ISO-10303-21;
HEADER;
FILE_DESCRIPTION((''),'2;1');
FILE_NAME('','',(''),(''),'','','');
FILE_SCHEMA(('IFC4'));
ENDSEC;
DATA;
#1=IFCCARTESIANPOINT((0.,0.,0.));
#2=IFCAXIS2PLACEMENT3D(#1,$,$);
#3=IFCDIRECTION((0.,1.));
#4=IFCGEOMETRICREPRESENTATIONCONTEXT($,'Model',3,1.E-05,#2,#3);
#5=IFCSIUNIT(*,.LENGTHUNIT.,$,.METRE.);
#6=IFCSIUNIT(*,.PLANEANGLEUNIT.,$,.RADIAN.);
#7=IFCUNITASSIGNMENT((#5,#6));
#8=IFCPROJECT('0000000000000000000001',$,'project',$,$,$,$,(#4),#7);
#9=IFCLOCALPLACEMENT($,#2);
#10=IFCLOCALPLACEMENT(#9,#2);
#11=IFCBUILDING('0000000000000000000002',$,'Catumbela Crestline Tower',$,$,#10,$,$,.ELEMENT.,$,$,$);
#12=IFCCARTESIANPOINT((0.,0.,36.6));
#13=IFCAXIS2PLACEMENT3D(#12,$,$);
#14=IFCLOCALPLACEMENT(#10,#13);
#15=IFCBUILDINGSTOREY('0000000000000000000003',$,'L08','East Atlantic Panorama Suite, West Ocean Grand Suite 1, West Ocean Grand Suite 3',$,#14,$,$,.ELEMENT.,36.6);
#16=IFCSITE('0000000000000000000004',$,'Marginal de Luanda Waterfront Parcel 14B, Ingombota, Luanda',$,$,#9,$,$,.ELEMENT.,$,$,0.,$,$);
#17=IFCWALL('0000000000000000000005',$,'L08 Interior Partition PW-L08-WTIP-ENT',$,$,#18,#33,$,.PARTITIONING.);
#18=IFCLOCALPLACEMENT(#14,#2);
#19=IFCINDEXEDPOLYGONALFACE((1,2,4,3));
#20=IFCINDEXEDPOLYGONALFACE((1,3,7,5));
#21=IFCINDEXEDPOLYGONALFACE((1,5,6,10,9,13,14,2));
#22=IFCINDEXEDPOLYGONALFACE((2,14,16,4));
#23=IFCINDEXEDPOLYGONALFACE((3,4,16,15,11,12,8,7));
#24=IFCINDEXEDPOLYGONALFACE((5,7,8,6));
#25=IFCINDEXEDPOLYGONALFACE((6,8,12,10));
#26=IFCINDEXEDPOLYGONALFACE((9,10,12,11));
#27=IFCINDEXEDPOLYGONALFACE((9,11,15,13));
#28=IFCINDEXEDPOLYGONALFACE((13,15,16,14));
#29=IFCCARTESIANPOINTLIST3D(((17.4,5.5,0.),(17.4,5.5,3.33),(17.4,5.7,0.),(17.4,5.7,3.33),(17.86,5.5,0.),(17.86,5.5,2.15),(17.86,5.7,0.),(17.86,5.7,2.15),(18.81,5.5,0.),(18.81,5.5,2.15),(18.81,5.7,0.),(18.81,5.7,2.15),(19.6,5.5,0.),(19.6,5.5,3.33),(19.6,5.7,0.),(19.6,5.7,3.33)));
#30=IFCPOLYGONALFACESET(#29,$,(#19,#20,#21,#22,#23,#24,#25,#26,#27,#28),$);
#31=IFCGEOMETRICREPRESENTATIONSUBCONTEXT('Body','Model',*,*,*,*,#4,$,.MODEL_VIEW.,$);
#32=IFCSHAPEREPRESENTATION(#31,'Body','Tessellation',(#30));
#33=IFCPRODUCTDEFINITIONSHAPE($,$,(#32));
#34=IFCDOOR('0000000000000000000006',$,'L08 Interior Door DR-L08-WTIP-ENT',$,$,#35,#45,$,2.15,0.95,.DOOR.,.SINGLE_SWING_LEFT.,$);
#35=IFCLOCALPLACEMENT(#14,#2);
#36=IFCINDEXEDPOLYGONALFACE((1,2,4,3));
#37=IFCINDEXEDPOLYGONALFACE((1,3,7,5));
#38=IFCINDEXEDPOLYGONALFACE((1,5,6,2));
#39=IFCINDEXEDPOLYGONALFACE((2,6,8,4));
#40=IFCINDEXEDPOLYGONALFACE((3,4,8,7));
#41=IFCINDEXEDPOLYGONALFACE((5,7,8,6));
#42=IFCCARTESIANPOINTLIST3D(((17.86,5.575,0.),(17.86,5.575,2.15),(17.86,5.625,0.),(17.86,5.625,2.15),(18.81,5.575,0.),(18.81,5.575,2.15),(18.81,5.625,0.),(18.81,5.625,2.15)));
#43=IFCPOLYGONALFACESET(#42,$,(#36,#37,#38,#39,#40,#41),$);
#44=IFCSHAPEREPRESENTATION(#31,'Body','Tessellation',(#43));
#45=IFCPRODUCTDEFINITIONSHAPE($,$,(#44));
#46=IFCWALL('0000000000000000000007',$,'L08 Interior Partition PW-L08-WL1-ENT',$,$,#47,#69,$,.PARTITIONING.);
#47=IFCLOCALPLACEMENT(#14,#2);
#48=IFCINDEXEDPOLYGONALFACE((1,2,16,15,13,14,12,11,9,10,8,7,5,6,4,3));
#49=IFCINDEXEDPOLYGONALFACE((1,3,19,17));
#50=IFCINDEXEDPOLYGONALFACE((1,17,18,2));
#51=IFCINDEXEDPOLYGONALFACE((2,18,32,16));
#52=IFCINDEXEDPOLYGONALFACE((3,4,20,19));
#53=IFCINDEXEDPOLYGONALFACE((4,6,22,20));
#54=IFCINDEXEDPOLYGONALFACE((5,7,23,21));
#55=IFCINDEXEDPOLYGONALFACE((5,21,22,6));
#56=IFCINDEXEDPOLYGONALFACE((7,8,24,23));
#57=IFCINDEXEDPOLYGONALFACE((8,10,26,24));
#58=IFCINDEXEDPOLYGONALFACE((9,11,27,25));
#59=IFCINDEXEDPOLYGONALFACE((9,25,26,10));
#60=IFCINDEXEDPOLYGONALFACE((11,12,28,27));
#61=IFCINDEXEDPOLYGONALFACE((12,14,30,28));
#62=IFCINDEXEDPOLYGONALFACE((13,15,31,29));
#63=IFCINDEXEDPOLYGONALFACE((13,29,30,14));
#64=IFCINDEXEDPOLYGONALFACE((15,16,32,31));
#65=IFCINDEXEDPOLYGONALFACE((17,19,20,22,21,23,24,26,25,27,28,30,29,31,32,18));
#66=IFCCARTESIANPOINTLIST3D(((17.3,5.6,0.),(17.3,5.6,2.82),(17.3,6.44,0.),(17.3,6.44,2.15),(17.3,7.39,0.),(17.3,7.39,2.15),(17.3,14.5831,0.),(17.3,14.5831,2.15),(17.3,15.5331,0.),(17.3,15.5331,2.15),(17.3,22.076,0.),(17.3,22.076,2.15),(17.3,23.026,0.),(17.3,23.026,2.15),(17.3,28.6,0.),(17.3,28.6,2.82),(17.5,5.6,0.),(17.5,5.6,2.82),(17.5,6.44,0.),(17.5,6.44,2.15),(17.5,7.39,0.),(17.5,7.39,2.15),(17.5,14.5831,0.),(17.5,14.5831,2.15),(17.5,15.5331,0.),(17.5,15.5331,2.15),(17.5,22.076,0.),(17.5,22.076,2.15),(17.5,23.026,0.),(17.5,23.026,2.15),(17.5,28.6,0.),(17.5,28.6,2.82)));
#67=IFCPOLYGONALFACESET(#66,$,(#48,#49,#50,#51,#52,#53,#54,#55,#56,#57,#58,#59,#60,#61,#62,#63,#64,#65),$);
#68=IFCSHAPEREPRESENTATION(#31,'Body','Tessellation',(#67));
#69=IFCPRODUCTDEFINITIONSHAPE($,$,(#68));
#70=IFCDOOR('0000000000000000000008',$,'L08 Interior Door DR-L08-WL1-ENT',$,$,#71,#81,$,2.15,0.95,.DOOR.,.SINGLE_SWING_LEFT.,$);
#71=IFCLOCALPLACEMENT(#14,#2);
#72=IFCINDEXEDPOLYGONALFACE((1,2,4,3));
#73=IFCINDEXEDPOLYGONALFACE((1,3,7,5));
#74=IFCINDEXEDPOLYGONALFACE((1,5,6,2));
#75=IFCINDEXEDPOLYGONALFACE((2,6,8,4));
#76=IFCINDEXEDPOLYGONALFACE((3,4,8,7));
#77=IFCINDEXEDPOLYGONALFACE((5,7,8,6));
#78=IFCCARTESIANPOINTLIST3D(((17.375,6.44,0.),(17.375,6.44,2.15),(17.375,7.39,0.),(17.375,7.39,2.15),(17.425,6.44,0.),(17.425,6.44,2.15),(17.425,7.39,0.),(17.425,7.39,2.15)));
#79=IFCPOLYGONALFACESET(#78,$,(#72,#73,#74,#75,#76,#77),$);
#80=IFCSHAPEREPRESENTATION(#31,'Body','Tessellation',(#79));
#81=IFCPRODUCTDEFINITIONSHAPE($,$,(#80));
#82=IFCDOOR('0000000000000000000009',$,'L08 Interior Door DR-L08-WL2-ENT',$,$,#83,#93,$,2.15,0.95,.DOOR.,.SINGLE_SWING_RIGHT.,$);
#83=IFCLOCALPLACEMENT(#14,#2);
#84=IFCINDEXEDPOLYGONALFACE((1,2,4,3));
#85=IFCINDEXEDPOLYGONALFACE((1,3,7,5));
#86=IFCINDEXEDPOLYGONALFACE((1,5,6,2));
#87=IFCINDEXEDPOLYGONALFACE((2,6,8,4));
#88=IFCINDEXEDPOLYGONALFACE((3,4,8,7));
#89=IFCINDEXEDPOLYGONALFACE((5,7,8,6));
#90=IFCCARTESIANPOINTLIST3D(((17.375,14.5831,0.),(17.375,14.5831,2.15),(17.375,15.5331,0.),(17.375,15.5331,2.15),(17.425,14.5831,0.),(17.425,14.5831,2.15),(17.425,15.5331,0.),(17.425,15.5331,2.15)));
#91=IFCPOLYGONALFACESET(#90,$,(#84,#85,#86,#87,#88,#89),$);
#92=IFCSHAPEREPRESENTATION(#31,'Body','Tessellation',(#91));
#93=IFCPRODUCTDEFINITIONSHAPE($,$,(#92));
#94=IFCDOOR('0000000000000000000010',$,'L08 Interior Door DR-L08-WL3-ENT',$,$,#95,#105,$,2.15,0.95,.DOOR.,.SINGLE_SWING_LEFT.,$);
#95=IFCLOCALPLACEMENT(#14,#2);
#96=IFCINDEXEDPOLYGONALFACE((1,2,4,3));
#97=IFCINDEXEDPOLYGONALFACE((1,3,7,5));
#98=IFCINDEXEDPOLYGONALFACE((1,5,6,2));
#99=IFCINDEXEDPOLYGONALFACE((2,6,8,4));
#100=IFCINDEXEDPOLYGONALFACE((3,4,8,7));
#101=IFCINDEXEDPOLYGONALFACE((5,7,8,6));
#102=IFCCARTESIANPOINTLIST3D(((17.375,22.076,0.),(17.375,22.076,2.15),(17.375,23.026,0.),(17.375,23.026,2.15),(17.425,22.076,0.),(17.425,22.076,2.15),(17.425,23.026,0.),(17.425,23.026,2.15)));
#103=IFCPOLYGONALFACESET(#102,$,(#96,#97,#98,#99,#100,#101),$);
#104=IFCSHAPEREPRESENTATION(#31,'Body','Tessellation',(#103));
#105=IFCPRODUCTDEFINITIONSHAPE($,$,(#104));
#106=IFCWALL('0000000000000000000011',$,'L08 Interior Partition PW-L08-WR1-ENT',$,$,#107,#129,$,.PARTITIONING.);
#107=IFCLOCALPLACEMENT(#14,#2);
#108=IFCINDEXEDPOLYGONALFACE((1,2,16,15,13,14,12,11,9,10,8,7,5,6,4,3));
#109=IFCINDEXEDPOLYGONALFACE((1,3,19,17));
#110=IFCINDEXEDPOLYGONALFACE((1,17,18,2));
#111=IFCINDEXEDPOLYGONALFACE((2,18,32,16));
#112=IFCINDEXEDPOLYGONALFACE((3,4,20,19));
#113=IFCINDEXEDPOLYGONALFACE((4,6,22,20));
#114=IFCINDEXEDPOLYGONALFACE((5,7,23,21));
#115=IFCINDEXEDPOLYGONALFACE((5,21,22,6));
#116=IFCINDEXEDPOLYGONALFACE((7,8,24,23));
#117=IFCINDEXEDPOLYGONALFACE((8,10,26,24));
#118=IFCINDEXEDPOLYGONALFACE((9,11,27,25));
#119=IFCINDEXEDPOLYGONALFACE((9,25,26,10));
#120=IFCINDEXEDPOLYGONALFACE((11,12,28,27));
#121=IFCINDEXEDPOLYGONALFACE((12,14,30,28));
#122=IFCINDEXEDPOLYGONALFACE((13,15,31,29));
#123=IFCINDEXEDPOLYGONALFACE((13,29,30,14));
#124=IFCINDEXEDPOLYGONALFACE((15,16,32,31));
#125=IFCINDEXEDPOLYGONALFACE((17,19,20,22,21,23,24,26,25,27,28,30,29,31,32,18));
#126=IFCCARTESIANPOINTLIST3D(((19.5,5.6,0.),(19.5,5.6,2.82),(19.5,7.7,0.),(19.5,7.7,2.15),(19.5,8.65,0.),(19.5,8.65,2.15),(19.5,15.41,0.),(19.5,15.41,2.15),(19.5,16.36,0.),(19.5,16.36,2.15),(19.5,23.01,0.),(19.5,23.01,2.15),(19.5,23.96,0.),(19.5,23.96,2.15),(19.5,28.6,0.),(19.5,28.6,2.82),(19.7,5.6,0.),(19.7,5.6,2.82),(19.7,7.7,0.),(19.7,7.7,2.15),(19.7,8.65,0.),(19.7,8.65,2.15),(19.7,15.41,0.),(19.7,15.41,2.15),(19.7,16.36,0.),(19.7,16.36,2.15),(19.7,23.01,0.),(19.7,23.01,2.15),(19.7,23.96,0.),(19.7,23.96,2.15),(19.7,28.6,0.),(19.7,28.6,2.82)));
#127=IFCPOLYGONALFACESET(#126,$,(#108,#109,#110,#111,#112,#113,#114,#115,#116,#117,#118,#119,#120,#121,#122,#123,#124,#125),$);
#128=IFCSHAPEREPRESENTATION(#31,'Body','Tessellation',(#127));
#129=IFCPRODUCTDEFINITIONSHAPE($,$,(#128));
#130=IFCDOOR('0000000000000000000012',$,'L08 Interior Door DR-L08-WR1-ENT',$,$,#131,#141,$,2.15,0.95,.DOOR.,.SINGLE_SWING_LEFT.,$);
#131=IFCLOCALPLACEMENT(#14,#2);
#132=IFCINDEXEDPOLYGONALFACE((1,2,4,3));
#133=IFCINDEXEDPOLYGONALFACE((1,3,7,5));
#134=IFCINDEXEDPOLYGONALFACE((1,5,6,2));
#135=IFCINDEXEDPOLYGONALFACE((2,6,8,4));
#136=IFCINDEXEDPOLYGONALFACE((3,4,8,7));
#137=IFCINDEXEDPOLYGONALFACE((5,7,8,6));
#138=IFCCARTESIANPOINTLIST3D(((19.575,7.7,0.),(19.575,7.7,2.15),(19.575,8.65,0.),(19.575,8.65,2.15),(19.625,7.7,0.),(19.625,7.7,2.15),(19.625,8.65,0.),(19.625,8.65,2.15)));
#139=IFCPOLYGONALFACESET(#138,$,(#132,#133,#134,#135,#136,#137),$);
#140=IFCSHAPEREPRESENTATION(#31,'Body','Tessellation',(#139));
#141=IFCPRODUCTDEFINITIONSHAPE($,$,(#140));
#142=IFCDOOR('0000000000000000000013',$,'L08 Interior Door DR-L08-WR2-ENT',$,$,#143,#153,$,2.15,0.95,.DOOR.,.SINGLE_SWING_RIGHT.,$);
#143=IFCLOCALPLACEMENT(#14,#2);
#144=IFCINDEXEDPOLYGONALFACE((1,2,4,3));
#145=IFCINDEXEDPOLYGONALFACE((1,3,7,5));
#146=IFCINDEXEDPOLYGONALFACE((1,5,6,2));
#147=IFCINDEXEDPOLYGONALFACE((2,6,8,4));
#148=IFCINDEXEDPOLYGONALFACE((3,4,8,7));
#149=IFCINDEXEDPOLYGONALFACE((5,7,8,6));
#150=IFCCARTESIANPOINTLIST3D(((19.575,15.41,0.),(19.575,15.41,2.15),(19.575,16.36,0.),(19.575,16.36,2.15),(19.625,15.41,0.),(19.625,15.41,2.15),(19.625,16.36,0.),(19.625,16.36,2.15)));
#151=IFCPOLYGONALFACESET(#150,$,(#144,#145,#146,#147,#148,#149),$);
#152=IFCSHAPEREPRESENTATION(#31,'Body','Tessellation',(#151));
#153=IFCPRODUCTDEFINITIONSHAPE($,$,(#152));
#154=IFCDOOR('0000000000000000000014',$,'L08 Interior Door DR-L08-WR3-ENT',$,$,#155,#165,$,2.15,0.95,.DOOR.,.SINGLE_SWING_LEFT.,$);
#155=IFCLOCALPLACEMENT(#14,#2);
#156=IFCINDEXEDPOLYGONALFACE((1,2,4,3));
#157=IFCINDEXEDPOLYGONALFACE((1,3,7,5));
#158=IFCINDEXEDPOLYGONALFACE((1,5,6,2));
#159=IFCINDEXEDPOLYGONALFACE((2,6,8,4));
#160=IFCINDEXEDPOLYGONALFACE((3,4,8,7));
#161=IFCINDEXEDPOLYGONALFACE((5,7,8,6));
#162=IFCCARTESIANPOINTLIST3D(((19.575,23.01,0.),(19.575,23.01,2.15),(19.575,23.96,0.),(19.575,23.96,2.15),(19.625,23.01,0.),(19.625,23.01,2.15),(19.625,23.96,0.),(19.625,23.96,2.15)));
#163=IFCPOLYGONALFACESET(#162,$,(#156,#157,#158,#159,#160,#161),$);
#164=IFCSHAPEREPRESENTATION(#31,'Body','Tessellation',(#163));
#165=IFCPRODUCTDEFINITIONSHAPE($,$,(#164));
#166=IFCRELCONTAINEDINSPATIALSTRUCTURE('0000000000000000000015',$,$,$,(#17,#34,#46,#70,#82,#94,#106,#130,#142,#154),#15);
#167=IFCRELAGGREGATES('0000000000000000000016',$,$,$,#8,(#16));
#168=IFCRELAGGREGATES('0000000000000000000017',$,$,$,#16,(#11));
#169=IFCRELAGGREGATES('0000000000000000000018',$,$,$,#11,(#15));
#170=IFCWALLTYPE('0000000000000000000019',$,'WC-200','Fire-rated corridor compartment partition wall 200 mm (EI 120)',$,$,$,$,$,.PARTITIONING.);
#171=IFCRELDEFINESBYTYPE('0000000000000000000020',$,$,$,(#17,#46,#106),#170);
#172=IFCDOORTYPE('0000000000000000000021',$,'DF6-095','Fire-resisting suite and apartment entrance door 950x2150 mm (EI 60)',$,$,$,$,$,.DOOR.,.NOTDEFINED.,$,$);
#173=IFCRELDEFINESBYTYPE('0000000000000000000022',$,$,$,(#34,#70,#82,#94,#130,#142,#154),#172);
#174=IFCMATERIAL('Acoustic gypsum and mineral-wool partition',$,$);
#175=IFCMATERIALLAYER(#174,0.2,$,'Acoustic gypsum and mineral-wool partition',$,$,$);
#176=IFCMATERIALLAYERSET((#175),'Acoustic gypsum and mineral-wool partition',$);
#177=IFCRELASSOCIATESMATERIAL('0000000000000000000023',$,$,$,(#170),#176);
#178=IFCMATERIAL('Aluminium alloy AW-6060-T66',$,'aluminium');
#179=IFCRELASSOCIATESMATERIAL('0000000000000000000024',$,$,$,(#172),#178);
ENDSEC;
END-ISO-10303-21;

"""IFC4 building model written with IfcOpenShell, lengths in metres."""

from ifc_helpers import new_model, si_unit, direction, frame, frame_2d, origin, place, context, subcontext, project, spatial, rectangle, extrude, material, layer, layer_set, type_object, element, fill, save


model = new_model("IFC4")

# Units and contexts
model_context = context("Model", 3, precision=1e-05, world=origin(), true_north=direction((0.0, 1.0)))
body_context = subcontext(model_context, "Body", "Model", "MODEL_VIEW")
ifc_project = project(units=[si_unit("LENGTHUNIT", "METRE"), si_unit("PLANEANGLEUNIT", "RADIAN")], contexts=[model_context])

# Site, building, storey
site_placement = place(None, origin())
site = spatial("IfcSite", under=ifc_project, at=site_placement, Name="Marginal de Luanda Waterfront Parcel 14B, Ingombota, Luanda", CompositionType="ELEMENT", RefElevation=0.0)
building_placement = place(site_placement, origin())
building = spatial("IfcBuilding", under=site, at=building_placement, Name="Catumbela Crestline Tower", CompositionType="ELEMENT")
storey_placement = place(building_placement, frame((0.0, 0.0, 36.6)))
storey = spatial("IfcBuildingStorey", under=building, at=storey_placement, Name="L08", Description="East Atlantic Panorama Suite, West Ocean Grand Suite 1, West Ocean Grand Suite 3", CompositionType="ELEMENT", Elevation=36.6)

# Shared definitions
ifc_material_1 = material(Name="Aluminium alloy AW-6060-T66", Category="aluminium")

# Wall, opening, door
ifc_material_2 = material(Name="Acoustic gypsum and mineral-wool partition")
ifc_layer_1 = layer(ifc_material_2, 0.2, Name="Acoustic gypsum and mineral-wool partition")
ifc_layer_set_1 = layer_set([ifc_layer_1], Name="Acoustic gypsum and mineral-wool partition")
wall_type_1 = type_object("IfcWallType", Name="WC-200", Description="Fire-rated corridor compartment partition wall 200 mm (EI 120)", PredefinedType="PARTITIONING", material=ifc_layer_set_1)
wall_1_placement = place(storey_placement, frame((17.4, 5.6, 0.0), z_axis=(0.0, 0.0, 1.0), x_axis=(1.0, 0.0, 0.0)))
wall_1 = element("IfcWall", 1, at=wall_1_placement, inside=storey, type_object=wall_type_1, Name="L08 Interior Partition PW-L08-WTIP-ENT", PredefinedType="PARTITIONING", context=body_context, shape_type="SweptSolid", body=[
    extrude(rectangle(XDim=2.2, YDim=0.2, at=frame_2d((1.1, 0.0))), origin(), (0.0, 0.0, 1.0), 3.33),
])
opening_1_placement = place(wall_1_placement, frame((0.46, 0.0, 0.0)))
opening_1 = element("IfcOpeningElement", 2, at=opening_1_placement, cuts=wall_1, PredefinedType="OPENING", context=body_context, shape_type="SweptSolid", body=[
    extrude(rectangle(XDim=0.95, YDim=2.15, at=frame_2d((0.475, 1.075))), frame((0.0, 0.11, 0.0), z_axis=(0.0, -1.0, 0.0), x_axis=(1.0, 0.0, 0.0)), (0.0, 0.0, 1.0), 0.22),
])
door_type = type_object("IfcDoorType", Name="DF6-095", Description="Fire-resisting suite and apartment entrance door 950x2150 mm (EI 60)", OperationType="NOTDEFINED", PredefinedType="DOOR", material=ifc_material_1)
door_1_placement = place(opening_1_placement, origin())
door_1 = element("IfcDoor", 3, at=door_1_placement, inside=storey, type_object=door_type, Name="L08 Interior Door DR-L08-WTIP-ENT", OperationType="SINGLE_SWING_LEFT", OverallHeight=2.15, OverallWidth=0.95, PredefinedType="DOOR", context=body_context, shape_type="SweptSolid", body=[
    extrude(rectangle(XDim=0.95, YDim=2.15, at=frame_2d((0.475, 1.075))), frame((0.0, 0.025, 0.0), z_axis=(0.0, -1.0, 0.0), x_axis=(1.0, 0.0, 0.0)), (0.0, 0.0, 1.0), 0.05),
])
fill(opening_1, door_1)

# Walls, openings, doors
wall_2_placement = place(storey_placement, frame((17.4, 5.6, 0.0), z_axis=(0.0, 0.0, 1.0), x_axis=(0.0, 1.0, 0.0)))
wall_2 = element("IfcWall", 4, at=wall_2_placement, inside=storey, type_object=wall_type_1, Name="L08 Interior Partition PW-L08-WL1-ENT", PredefinedType="PARTITIONING", context=body_context, shape_type="SweptSolid", body=[
    extrude(rectangle(XDim=23.0, YDim=0.2, at=frame_2d((11.5, 0.0))), origin(), (0.0, 0.0, 1.0), 2.82),
])
opening_2_placement = place(wall_2_placement, frame((0.84, 0.0, 0.0)))
opening_2 = element("IfcOpeningElement", 5, at=opening_2_placement, cuts=wall_2, PredefinedType="OPENING", context=body_context, shape_type="SweptSolid", body=[
    extrude(rectangle(XDim=0.95, YDim=2.15, at=frame_2d((0.475, 1.075))), frame((0.0, 0.11, 0.0), z_axis=(0.0, -1.0, 0.0), x_axis=(1.0, 0.0, 0.0)), (0.0, 0.0, 1.0), 0.22),
])
opening_3_placement = place(wall_2_placement, frame((8.9831, 0.0, 0.0)))
opening_3 = element("IfcOpeningElement", 6, at=opening_3_placement, cuts=wall_2, PredefinedType="OPENING", context=body_context, shape_type="SweptSolid", body=[
    extrude(rectangle(XDim=0.95, YDim=2.15, at=frame_2d((0.475, 1.075))), frame((0.0, 0.11, 0.0), z_axis=(0.0, -1.0, 0.0), x_axis=(1.0, 0.0, 0.0)), (0.0, 0.0, 1.0), 0.22),
])
opening_4_placement = place(wall_2_placement, frame((16.476, 0.0, 0.0)))
opening_4 = element("IfcOpeningElement", 7, at=opening_4_placement, cuts=wall_2, PredefinedType="OPENING", context=body_context, shape_type="SweptSolid", body=[
    extrude(rectangle(XDim=0.95, YDim=2.15, at=frame_2d((0.475, 1.075))), frame((0.0, 0.11, 0.0), z_axis=(0.0, -1.0, 0.0), x_axis=(1.0, 0.0, 0.0)), (0.0, 0.0, 1.0), 0.22),
])
door_2_placement = place(opening_2_placement, origin())
door_2 = element("IfcDoor", 8, at=door_2_placement, inside=storey, type_object=door_type, Name="L08 Interior Door DR-L08-WL1-ENT", OperationType="SINGLE_SWING_LEFT", OverallHeight=2.15, OverallWidth=0.95, PredefinedType="DOOR", context=body_context, shape_type="SweptSolid", body=[
    extrude(rectangle(XDim=0.95, YDim=2.15, at=frame_2d((0.475, 1.075))), frame((0.0, 0.025, 0.0), z_axis=(0.0, -1.0, 0.0), x_axis=(1.0, 0.0, 0.0)), (0.0, 0.0, 1.0), 0.05),
])
fill(opening_2, door_2)
door_3_placement = place(opening_3_placement, origin())
door_3 = element("IfcDoor", 9, at=door_3_placement, inside=storey, type_object=door_type, Name="L08 Interior Door DR-L08-WL2-ENT", OperationType="SINGLE_SWING_RIGHT", OverallHeight=2.15, OverallWidth=0.95, PredefinedType="DOOR", context=body_context, shape_type="SweptSolid", body=[
    extrude(rectangle(XDim=0.95, YDim=2.15, at=frame_2d((0.475, 1.075))), frame((0.0, 0.025, 0.0), z_axis=(0.0, -1.0, 0.0), x_axis=(1.0, 0.0, 0.0)), (0.0, 0.0, 1.0), 0.05),
])
fill(opening_3, door_3)
door_4_placement = place(opening_4_placement, origin())
door_4 = element("IfcDoor", 10, at=door_4_placement, inside=storey, type_object=door_type, Name="L08 Interior Door DR-L08-WL3-ENT", OperationType="SINGLE_SWING_LEFT", OverallHeight=2.15, OverallWidth=0.95, PredefinedType="DOOR", context=body_context, shape_type="SweptSolid", body=[
    extrude(rectangle(XDim=0.95, YDim=2.15, at=frame_2d((0.475, 1.075))), frame((0.0, 0.025, 0.0), z_axis=(0.0, -1.0, 0.0), x_axis=(1.0, 0.0, 0.0)), (0.0, 0.0, 1.0), 0.05),
])
fill(opening_4, door_4)
wall_3_placement = place(storey_placement, frame((19.6, 5.6, 0.0), z_axis=(0.0, 0.0, 1.0), x_axis=(0.0, 1.0, 0.0)))
wall_3 = element("IfcWall", 11, at=wall_3_placement, inside=storey, type_object=wall_type_1, Name="L08 Interior Partition PW-L08-WR1-ENT", PredefinedType="PARTITIONING", context=body_context, shape_type="SweptSolid", body=[
    extrude(rectangle(XDim=23.0, YDim=0.2, at=frame_2d((11.5, 0.0))), origin(), (0.0, 0.0, 1.0), 2.82),
])
opening_5_placement = place(wall_3_placement, frame((2.1, 0.0, 0.0)))
opening_5 = element("IfcOpeningElement", 12, at=opening_5_placement, cuts=wall_3, PredefinedType="OPENING", context=body_context, shape_type="SweptSolid", body=[
    extrude(rectangle(XDim=0.95, YDim=2.15, at=frame_2d((0.475, 1.075))), frame((0.0, 0.11, 0.0), z_axis=(0.0, -1.0, 0.0), x_axis=(1.0, 0.0, 0.0)), (0.0, 0.0, 1.0), 0.22),
])
opening_6_placement = place(wall_3_placement, frame((9.81, 0.0, 0.0)))
opening_6 = element("IfcOpeningElement", 13, at=opening_6_placement, cuts=wall_3, PredefinedType="OPENING", context=body_context, shape_type="SweptSolid", body=[
    extrude(rectangle(XDim=0.95, YDim=2.15, at=frame_2d((0.475, 1.075))), frame((0.0, 0.11, 0.0), z_axis=(0.0, -1.0, 0.0), x_axis=(1.0, 0.0, 0.0)), (0.0, 0.0, 1.0), 0.22),
])
opening_7_placement = place(wall_3_placement, frame((17.41, 0.0, 0.0)))
opening_7 = element("IfcOpeningElement", 14, at=opening_7_placement, cuts=wall_3, PredefinedType="OPENING", context=body_context, shape_type="SweptSolid", body=[
    extrude(rectangle(XDim=0.95, YDim=2.15, at=frame_2d((0.475, 1.075))), frame((0.0, 0.11, 0.0), z_axis=(0.0, -1.0, 0.0), x_axis=(1.0, 0.0, 0.0)), (0.0, 0.0, 1.0), 0.22),
])
door_5_placement = place(opening_5_placement, origin())
door_5 = element("IfcDoor", 15, at=door_5_placement, inside=storey, type_object=door_type, Name="L08 Interior Door DR-L08-WR1-ENT", OperationType="SINGLE_SWING_LEFT", OverallHeight=2.15, OverallWidth=0.95, PredefinedType="DOOR", context=body_context, shape_type="SweptSolid", body=[
    extrude(rectangle(XDim=0.95, YDim=2.15, at=frame_2d((0.475, 1.075))), frame((0.0, 0.025, 0.0), z_axis=(0.0, -1.0, 0.0), x_axis=(1.0, 0.0, 0.0)), (0.0, 0.0, 1.0), 0.05),
])
fill(opening_5, door_5)
door_6_placement = place(opening_6_placement, origin())
door_6 = element("IfcDoor", 16, at=door_6_placement, inside=storey, type_object=door_type, Name="L08 Interior Door DR-L08-WR2-ENT", OperationType="SINGLE_SWING_RIGHT", OverallHeight=2.15, OverallWidth=0.95, PredefinedType="DOOR", context=body_context, shape_type="SweptSolid", body=[
    extrude(rectangle(XDim=0.95, YDim=2.15, at=frame_2d((0.475, 1.075))), frame((0.0, 0.025, 0.0), z_axis=(0.0, -1.0, 0.0), x_axis=(1.0, 0.0, 0.0)), (0.0, 0.0, 1.0), 0.05),
])
fill(opening_6, door_6)
door_7_placement = place(opening_7_placement, origin())
door_7 = element("IfcDoor", 17, at=door_7_placement, inside=storey, type_object=door_type, Name="L08 Interior Door DR-L08-WR3-ENT", OperationType="SINGLE_SWING_LEFT", OverallHeight=2.15, OverallWidth=0.95, PredefinedType="DOOR", context=body_context, shape_type="SweptSolid", body=[
    extrude(rectangle(XDim=0.95, YDim=2.15, at=frame_2d((0.475, 1.075))), frame((0.0, 0.025, 0.0), z_axis=(0.0, -1.0, 0.0), x_axis=(1.0, 0.0, 0.0)), (0.0, 0.0, 1.0), 0.05),
])
fill(opening_7, door_7)

save(model, "model.ifc")
